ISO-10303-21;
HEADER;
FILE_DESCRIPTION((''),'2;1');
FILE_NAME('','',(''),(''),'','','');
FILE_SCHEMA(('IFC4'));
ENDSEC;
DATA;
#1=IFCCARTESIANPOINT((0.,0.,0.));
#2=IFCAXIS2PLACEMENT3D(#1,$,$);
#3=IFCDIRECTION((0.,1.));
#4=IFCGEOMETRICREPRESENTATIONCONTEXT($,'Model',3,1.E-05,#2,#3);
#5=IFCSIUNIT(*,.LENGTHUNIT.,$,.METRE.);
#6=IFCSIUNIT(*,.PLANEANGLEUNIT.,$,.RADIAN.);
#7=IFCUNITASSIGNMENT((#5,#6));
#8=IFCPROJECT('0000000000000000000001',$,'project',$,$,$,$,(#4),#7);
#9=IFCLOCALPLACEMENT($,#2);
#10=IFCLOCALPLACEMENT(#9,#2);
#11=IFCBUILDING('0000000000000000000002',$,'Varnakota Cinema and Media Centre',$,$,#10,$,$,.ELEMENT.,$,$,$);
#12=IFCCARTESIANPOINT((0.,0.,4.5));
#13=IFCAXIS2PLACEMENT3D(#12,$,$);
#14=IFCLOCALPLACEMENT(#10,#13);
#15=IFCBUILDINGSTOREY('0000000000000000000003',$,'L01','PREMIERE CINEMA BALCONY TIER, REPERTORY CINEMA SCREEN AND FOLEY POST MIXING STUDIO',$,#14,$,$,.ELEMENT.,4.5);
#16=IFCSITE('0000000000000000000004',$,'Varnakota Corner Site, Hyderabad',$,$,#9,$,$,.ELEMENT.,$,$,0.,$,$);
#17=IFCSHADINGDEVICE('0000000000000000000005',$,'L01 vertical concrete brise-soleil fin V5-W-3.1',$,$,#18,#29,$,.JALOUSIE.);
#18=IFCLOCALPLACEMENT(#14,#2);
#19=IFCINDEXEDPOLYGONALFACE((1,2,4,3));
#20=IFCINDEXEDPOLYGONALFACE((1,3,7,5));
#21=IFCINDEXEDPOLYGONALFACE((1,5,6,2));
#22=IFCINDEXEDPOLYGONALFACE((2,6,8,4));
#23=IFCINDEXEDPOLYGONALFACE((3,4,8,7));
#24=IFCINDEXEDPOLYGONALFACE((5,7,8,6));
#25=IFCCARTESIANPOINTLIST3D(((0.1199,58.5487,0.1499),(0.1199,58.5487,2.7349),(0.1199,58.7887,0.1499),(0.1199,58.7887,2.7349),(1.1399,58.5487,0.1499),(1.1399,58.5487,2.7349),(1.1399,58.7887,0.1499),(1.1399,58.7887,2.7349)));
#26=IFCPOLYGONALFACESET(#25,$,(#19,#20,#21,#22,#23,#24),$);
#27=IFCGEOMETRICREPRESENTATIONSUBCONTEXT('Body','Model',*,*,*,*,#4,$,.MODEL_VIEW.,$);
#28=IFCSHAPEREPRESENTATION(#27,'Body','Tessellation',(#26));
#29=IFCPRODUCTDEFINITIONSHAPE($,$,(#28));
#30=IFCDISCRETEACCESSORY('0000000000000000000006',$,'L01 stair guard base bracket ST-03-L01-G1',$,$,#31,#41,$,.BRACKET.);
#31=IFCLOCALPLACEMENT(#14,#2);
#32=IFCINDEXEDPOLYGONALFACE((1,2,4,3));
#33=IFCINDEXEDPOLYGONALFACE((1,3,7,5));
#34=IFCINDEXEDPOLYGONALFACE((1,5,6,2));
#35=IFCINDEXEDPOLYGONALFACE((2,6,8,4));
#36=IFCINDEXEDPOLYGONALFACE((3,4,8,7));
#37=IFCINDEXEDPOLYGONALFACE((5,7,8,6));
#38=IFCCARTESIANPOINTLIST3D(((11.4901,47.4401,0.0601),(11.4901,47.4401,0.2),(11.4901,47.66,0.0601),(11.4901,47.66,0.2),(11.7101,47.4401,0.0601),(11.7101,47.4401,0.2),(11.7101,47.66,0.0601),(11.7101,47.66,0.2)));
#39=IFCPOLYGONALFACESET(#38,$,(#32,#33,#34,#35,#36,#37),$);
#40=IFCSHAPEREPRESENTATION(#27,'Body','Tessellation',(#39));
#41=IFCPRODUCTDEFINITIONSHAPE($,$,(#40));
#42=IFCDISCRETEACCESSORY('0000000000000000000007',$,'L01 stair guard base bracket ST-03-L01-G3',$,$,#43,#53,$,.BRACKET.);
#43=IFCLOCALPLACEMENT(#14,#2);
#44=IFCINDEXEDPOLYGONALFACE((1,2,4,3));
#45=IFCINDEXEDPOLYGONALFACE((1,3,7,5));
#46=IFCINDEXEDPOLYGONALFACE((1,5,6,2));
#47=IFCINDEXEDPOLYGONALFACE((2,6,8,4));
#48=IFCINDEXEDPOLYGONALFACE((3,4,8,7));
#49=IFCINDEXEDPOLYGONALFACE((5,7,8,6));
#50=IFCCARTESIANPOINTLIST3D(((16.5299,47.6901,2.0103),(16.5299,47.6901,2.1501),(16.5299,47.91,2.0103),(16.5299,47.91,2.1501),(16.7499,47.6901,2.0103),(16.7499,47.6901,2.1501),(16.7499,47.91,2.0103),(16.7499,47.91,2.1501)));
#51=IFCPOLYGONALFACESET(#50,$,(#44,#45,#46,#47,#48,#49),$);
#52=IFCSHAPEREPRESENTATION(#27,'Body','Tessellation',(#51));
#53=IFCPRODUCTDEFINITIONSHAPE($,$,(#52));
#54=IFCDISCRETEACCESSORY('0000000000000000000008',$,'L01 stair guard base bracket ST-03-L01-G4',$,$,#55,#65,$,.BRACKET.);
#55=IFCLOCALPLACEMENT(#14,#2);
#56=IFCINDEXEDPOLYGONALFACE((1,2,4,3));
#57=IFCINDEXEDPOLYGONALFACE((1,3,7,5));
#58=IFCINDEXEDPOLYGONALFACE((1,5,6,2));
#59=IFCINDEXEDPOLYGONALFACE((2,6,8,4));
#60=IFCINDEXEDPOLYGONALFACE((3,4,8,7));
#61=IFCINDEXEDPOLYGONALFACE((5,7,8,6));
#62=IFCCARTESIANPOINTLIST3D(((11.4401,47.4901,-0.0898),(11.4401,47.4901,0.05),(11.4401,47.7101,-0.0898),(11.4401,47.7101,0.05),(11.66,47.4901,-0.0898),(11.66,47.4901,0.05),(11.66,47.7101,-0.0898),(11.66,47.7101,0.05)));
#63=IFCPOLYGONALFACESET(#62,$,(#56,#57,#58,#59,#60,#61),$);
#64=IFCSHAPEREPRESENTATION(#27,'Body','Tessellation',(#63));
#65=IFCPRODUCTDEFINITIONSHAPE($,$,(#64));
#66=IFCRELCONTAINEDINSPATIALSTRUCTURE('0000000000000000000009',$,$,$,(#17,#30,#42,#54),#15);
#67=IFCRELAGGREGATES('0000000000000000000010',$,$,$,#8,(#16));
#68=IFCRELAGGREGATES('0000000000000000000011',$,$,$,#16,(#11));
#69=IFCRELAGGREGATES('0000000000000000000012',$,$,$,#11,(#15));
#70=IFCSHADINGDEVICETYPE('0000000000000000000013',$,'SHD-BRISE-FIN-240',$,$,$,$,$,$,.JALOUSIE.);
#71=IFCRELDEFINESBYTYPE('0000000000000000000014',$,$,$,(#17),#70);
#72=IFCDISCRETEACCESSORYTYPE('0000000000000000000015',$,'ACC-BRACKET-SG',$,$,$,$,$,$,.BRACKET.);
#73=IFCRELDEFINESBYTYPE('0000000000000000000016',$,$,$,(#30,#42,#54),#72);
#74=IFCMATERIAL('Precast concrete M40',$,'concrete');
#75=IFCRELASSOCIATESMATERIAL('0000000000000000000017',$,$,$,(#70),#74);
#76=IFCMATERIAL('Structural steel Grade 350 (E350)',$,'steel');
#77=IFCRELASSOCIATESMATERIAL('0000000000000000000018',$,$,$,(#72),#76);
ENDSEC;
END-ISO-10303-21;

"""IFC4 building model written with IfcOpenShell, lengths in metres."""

from ifc_helpers import new_model, si_unit, direction, frame, origin, origin_2d, place, context, subcontext, project, spatial, rectangle, extrude, material, type_object, element, save


model = new_model("IFC4")

# Units and contexts
model_context = context("Model", 3, precision=1e-05, world=origin(), true_north=direction((0.0, 1.0)))
body_context = subcontext(model_context, "Body", "Model", "MODEL_VIEW")
ifc_project = project(units=[si_unit("LENGTHUNIT", "METRE"), si_unit("PLANEANGLEUNIT", "RADIAN")], contexts=[model_context])

# Site, building, storey
site_placement = place(None, origin())
site = spatial("IfcSite", under=ifc_project, at=site_placement, Name="Varnakota Corner Site, Hyderabad", CompositionType="ELEMENT", RefElevation=0.0)
building_placement = place(site_placement, origin())
building = spatial("IfcBuilding", under=site, at=building_placement, Name="Varnakota Cinema and Media Centre", CompositionType="ELEMENT")
storey_placement = place(building_placement, frame((0.0, 0.0, 4.5)))
storey = spatial("IfcBuildingStorey", under=building, at=storey_placement, Name="L01", Description="PREMIERE CINEMA BALCONY TIER, REPERTORY CINEMA SCREEN AND FOLEY POST MIXING STUDIO", CompositionType="ELEMENT", Elevation=4.5)

# Shading device
ifc_material_1 = material(Name="Precast concrete M40", Category="concrete")
shading_device_type = type_object("IfcShadingDeviceType", Name="SHD-BRISE-FIN-240", PredefinedType="JALOUSIE", material=ifc_material_1)
for number, where, z_axis, x_axis, name in (
    (1, (0.6299, 58.6687, 0.1499), (0.0, 0.0, 1.0), (0.0, -1.0, 0.0), "L01 vertical concrete brise-soleil fin V5-W-3.1"),
):
    element("IfcShadingDevice", number, at=place(storey_placement, frame(where, z_axis=z_axis, x_axis=x_axis)), inside=storey, type_object=shading_device_type, Name=name, PredefinedType="JALOUSIE", context=body_context, shape_type="SweptSolid", body=[
        extrude(rectangle(XDim=0.24, YDim=1.02, at=origin_2d()), origin(), (0.0, 0.0, 1.0), 2.585),
    ])

# Discrete accessories
ifc_material_2 = material(Name="Structural steel Grade 350 (E350)", Category="steel")
discrete_accessory_type = type_object("IfcDiscreteAccessoryType", Name="ACC-BRACKET-SG", PredefinedType="BRACKET", material=ifc_material_2)
for number, where, z_axis, x_axis, name in (
    (2, (11.6001, 47.55, 0.0601), (0.0, 0.0, 1.0), (1.0, 0.0, 0.0), "L01 stair guard base bracket ST-03-L01-G1"),
    (3, (16.6399, 47.8, 2.0103), (0.0, 0.0, 1.0), (1.0, 0.0, 0.0), "L01 stair guard base bracket ST-03-L01-G3"),
    (4, (11.55, 47.6001, -0.0898), (0.0, 0.0, 1.0), (1.0, 0.0, 0.0), "L01 stair guard base bracket ST-03-L01-G4"),
):
    element("IfcDiscreteAccessory", number, at=place(storey_placement, frame(where, z_axis=z_axis, x_axis=x_axis)), inside=storey, type_object=discrete_accessory_type, Name=name, PredefinedType="BRACKET", context=body_context, shape_type="SweptSolid", body=[
        extrude(rectangle(XDim=0.22, YDim=0.22, at=origin_2d()), origin(), (0.0, 0.0, 1.0), 0.1399),
    ])

save(model, "model.ifc")
